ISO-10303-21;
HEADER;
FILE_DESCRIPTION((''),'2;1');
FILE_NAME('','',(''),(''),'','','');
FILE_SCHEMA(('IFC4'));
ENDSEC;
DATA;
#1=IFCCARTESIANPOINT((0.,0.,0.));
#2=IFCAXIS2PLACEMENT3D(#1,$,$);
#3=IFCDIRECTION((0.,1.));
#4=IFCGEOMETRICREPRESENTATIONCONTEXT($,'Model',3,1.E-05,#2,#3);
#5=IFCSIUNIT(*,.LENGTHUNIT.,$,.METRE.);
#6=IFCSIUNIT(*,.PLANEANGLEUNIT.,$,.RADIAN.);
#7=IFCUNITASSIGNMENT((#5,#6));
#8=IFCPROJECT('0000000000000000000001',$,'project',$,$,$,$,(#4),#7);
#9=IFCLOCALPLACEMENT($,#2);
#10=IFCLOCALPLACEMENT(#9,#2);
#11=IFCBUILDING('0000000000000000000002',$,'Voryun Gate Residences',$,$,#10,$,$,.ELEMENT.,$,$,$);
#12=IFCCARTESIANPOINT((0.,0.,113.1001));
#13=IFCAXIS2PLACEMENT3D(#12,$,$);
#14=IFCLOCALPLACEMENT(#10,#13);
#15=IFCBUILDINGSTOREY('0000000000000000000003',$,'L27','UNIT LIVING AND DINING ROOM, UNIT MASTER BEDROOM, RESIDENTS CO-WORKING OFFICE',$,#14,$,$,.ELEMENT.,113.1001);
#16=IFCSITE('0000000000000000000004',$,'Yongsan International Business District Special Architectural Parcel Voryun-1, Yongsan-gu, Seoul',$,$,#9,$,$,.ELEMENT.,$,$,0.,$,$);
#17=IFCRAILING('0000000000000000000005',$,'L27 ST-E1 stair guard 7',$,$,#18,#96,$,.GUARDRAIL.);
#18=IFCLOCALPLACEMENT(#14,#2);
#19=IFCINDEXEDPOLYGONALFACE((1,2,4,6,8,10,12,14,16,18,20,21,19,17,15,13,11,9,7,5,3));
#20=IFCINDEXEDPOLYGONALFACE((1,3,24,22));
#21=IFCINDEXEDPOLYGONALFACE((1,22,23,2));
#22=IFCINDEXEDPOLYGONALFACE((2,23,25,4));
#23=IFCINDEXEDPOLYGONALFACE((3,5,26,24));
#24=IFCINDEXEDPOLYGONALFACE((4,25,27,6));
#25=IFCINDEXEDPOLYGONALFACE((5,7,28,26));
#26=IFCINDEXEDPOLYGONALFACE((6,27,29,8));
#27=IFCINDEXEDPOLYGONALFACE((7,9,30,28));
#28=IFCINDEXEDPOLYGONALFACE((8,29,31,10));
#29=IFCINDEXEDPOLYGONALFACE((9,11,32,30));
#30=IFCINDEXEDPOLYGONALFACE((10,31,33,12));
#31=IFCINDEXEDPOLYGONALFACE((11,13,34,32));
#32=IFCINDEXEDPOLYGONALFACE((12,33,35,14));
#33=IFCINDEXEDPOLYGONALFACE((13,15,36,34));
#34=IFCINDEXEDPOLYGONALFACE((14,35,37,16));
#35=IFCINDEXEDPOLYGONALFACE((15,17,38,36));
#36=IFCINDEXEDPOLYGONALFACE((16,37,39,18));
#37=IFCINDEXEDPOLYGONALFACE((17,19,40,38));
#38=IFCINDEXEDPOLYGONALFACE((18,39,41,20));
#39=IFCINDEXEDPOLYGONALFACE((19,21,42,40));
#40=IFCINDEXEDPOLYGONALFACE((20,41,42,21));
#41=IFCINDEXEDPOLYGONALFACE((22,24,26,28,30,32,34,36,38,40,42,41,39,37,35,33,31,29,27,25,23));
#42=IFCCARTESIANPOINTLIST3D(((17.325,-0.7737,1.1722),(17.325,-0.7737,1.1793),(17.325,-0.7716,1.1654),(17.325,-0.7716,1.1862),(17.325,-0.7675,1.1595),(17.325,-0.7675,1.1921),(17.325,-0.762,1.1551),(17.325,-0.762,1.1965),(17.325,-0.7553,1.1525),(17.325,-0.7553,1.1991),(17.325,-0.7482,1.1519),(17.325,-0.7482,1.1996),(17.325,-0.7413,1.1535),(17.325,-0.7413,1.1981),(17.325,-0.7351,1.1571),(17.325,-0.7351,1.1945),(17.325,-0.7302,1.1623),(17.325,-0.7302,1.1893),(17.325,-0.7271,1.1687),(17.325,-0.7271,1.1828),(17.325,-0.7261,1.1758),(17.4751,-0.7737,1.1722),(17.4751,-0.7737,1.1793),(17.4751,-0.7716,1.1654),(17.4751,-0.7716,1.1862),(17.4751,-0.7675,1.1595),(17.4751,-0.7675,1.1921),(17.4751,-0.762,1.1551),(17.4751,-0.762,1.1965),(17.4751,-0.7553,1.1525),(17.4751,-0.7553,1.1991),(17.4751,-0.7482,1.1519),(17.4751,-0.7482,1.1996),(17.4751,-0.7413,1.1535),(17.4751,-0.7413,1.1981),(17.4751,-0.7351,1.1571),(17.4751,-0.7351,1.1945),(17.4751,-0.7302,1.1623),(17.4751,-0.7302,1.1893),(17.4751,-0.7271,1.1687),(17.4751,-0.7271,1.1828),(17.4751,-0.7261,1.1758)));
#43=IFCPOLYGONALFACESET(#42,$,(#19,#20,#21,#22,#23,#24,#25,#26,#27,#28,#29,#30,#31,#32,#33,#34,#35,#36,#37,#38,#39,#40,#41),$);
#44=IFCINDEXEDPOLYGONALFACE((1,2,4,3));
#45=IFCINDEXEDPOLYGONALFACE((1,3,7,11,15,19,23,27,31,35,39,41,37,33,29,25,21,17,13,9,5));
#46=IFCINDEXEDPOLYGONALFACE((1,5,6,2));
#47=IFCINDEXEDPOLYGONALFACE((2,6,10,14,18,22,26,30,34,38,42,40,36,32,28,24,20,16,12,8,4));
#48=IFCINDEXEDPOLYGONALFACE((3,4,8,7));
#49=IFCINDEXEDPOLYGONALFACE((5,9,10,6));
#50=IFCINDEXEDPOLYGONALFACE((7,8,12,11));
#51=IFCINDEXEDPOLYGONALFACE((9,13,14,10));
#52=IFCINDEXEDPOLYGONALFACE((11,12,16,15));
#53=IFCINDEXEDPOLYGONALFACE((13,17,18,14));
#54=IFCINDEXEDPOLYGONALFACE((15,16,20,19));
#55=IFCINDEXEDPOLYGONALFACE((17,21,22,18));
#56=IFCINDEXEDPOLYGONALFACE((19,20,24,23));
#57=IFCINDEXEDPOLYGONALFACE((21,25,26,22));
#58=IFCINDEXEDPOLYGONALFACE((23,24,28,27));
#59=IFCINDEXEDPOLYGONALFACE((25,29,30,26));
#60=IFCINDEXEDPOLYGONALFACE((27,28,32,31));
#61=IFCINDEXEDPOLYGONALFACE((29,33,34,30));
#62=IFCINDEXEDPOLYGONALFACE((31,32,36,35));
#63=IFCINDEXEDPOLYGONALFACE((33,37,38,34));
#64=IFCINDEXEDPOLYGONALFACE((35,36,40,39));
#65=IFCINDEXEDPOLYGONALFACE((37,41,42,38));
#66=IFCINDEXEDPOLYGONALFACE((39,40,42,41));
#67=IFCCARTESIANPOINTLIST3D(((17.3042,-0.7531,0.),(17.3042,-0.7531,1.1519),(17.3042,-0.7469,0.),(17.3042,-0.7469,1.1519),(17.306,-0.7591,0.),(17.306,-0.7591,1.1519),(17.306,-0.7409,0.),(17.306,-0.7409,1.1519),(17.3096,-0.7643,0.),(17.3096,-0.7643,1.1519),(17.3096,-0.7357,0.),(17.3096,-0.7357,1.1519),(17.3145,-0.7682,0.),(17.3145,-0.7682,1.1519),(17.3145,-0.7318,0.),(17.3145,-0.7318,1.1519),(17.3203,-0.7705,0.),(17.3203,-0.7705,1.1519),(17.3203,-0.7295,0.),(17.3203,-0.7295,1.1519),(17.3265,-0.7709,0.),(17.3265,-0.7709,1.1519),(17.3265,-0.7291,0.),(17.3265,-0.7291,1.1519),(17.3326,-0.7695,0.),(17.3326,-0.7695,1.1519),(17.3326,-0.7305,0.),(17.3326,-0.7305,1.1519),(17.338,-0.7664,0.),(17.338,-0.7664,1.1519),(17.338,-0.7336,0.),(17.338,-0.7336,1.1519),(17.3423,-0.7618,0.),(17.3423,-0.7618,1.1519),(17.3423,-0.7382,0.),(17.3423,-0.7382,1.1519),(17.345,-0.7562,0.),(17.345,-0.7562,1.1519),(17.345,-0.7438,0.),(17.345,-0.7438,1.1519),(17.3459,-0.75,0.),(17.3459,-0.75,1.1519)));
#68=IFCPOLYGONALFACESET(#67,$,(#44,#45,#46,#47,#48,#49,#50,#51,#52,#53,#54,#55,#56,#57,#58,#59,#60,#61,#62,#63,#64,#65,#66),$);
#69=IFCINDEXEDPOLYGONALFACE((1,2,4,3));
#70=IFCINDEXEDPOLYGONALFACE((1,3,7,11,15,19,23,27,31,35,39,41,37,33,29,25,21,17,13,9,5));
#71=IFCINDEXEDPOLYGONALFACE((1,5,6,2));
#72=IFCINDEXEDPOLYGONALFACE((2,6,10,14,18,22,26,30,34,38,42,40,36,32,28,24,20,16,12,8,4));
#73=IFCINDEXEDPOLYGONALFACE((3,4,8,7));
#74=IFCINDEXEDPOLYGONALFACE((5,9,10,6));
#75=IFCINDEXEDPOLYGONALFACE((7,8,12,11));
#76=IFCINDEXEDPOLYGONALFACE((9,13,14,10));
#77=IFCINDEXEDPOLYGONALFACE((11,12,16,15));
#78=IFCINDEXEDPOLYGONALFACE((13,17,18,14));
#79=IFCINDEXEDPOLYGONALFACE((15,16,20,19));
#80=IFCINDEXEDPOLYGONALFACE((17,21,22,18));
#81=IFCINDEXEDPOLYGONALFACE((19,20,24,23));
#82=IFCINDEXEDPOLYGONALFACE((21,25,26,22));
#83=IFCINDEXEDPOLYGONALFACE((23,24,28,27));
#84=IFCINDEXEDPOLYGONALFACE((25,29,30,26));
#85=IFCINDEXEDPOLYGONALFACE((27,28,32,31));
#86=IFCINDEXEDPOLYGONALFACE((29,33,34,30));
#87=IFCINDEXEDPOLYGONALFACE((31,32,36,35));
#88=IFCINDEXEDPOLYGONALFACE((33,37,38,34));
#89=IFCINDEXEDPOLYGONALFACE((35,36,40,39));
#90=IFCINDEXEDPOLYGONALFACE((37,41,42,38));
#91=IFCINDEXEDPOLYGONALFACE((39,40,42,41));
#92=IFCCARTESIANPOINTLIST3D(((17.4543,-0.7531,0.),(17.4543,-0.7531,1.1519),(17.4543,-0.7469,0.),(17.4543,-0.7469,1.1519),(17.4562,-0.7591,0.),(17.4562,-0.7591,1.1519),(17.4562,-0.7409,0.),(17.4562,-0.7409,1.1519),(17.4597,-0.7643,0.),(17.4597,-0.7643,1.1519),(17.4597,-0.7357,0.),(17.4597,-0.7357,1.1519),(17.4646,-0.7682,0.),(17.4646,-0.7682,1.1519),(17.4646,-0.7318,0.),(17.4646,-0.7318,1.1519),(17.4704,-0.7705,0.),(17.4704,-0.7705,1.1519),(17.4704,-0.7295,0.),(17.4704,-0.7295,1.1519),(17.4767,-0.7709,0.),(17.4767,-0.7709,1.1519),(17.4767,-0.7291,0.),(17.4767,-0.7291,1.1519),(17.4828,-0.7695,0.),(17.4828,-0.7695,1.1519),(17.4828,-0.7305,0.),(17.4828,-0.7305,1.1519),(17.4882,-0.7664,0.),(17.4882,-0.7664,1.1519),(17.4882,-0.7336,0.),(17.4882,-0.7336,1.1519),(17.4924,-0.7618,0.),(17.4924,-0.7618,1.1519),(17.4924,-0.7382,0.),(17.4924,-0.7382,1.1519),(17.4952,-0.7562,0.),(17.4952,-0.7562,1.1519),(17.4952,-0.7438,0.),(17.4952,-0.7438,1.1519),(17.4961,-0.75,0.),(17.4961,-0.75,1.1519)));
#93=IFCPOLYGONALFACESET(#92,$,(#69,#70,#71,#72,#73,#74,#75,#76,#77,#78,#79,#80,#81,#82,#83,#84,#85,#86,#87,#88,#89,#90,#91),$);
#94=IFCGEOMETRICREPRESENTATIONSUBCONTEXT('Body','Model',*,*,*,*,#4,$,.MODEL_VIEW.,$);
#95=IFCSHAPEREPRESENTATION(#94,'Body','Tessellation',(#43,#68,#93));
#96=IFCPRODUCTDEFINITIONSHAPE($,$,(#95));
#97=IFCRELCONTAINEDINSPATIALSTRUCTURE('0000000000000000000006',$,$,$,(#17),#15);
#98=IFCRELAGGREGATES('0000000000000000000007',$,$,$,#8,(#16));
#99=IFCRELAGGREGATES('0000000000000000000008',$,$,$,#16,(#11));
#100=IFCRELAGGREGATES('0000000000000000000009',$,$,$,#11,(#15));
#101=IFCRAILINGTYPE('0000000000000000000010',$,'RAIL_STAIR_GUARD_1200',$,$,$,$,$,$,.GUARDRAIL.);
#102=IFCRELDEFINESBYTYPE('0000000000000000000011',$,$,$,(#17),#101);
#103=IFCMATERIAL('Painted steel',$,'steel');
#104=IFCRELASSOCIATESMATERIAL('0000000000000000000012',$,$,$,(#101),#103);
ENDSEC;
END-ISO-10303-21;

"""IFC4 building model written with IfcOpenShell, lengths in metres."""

from ifc_helpers import new_model, si_unit, direction, frame, origin, origin_2d, place, context, subcontext, project, spatial, circle, extrude, material, type_object, element, save


model = new_model("IFC4")

# Units and contexts
model_context = context("Model", 3, precision=1e-05, world=origin(), true_north=direction((0.0, 1.0)))
body_context = subcontext(model_context, "Body", "Model", "MODEL_VIEW")
ifc_project = project(units=[si_unit("LENGTHUNIT", "METRE"), si_unit("PLANEANGLEUNIT", "RADIAN")], contexts=[model_context])

# Site, building, storey
site_placement = place(None, origin())
site = spatial("IfcSite", under=ifc_project, at=site_placement, Name="Yongsan International Business District Special Architectural Parcel Voryun-1, Yongsan-gu, Seoul", CompositionType="ELEMENT", RefElevation=0.0)
building_placement = place(site_placement, origin())
building = spatial("IfcBuilding", under=site, at=building_placement, Name="Voryun Gate Residences", CompositionType="ELEMENT")
storey_placement = place(building_placement, frame((0.0, 0.0, 113.1001)))
storey = spatial("IfcBuildingStorey", under=building, at=storey_placement, Name="L27", Description="UNIT LIVING AND DINING ROOM, UNIT MASTER BEDROOM, RESIDENTS CO-WORKING OFFICE", CompositionType="ELEMENT", Elevation=113.1001)

# Railing
ifc_material_1 = material(Name="Painted steel", Category="steel")
railing_type_1 = type_object("IfcRailingType", Name="RAIL_STAIR_GUARD_1200", PredefinedType="GUARDRAIL", material=ifc_material_1)
railing_1_placement = place(storey_placement, frame((17.325, -0.75, 0.0)))
element("IfcRailing", 1, at=railing_1_placement, inside=storey, type_object=railing_type_1, Name="L27 ST-E1 stair guard 7", PredefinedType="GUARDRAIL", context=body_context, shape_type="SweptSolid", body=[
    extrude(circle(Radius=0.0239, at=origin_2d()), frame((0.0, 0.0, 1.1758), z_axis=(1.0, 0.0, 0.0), x_axis=(0.0, 1.0, 0.0)), (0.0, 0.0, 1.0), 0.1501),
    extrude(circle(Radius=0.021, at=origin_2d()), origin(), (0.0, 0.0, 1.0), 1.1519),
    extrude(circle(Radius=0.021, at=origin_2d()), frame((0.1501, 0.0, 0.0)), (0.0, 0.0, 1.0), 1.1519),
])

save(model, "model.ifc")
